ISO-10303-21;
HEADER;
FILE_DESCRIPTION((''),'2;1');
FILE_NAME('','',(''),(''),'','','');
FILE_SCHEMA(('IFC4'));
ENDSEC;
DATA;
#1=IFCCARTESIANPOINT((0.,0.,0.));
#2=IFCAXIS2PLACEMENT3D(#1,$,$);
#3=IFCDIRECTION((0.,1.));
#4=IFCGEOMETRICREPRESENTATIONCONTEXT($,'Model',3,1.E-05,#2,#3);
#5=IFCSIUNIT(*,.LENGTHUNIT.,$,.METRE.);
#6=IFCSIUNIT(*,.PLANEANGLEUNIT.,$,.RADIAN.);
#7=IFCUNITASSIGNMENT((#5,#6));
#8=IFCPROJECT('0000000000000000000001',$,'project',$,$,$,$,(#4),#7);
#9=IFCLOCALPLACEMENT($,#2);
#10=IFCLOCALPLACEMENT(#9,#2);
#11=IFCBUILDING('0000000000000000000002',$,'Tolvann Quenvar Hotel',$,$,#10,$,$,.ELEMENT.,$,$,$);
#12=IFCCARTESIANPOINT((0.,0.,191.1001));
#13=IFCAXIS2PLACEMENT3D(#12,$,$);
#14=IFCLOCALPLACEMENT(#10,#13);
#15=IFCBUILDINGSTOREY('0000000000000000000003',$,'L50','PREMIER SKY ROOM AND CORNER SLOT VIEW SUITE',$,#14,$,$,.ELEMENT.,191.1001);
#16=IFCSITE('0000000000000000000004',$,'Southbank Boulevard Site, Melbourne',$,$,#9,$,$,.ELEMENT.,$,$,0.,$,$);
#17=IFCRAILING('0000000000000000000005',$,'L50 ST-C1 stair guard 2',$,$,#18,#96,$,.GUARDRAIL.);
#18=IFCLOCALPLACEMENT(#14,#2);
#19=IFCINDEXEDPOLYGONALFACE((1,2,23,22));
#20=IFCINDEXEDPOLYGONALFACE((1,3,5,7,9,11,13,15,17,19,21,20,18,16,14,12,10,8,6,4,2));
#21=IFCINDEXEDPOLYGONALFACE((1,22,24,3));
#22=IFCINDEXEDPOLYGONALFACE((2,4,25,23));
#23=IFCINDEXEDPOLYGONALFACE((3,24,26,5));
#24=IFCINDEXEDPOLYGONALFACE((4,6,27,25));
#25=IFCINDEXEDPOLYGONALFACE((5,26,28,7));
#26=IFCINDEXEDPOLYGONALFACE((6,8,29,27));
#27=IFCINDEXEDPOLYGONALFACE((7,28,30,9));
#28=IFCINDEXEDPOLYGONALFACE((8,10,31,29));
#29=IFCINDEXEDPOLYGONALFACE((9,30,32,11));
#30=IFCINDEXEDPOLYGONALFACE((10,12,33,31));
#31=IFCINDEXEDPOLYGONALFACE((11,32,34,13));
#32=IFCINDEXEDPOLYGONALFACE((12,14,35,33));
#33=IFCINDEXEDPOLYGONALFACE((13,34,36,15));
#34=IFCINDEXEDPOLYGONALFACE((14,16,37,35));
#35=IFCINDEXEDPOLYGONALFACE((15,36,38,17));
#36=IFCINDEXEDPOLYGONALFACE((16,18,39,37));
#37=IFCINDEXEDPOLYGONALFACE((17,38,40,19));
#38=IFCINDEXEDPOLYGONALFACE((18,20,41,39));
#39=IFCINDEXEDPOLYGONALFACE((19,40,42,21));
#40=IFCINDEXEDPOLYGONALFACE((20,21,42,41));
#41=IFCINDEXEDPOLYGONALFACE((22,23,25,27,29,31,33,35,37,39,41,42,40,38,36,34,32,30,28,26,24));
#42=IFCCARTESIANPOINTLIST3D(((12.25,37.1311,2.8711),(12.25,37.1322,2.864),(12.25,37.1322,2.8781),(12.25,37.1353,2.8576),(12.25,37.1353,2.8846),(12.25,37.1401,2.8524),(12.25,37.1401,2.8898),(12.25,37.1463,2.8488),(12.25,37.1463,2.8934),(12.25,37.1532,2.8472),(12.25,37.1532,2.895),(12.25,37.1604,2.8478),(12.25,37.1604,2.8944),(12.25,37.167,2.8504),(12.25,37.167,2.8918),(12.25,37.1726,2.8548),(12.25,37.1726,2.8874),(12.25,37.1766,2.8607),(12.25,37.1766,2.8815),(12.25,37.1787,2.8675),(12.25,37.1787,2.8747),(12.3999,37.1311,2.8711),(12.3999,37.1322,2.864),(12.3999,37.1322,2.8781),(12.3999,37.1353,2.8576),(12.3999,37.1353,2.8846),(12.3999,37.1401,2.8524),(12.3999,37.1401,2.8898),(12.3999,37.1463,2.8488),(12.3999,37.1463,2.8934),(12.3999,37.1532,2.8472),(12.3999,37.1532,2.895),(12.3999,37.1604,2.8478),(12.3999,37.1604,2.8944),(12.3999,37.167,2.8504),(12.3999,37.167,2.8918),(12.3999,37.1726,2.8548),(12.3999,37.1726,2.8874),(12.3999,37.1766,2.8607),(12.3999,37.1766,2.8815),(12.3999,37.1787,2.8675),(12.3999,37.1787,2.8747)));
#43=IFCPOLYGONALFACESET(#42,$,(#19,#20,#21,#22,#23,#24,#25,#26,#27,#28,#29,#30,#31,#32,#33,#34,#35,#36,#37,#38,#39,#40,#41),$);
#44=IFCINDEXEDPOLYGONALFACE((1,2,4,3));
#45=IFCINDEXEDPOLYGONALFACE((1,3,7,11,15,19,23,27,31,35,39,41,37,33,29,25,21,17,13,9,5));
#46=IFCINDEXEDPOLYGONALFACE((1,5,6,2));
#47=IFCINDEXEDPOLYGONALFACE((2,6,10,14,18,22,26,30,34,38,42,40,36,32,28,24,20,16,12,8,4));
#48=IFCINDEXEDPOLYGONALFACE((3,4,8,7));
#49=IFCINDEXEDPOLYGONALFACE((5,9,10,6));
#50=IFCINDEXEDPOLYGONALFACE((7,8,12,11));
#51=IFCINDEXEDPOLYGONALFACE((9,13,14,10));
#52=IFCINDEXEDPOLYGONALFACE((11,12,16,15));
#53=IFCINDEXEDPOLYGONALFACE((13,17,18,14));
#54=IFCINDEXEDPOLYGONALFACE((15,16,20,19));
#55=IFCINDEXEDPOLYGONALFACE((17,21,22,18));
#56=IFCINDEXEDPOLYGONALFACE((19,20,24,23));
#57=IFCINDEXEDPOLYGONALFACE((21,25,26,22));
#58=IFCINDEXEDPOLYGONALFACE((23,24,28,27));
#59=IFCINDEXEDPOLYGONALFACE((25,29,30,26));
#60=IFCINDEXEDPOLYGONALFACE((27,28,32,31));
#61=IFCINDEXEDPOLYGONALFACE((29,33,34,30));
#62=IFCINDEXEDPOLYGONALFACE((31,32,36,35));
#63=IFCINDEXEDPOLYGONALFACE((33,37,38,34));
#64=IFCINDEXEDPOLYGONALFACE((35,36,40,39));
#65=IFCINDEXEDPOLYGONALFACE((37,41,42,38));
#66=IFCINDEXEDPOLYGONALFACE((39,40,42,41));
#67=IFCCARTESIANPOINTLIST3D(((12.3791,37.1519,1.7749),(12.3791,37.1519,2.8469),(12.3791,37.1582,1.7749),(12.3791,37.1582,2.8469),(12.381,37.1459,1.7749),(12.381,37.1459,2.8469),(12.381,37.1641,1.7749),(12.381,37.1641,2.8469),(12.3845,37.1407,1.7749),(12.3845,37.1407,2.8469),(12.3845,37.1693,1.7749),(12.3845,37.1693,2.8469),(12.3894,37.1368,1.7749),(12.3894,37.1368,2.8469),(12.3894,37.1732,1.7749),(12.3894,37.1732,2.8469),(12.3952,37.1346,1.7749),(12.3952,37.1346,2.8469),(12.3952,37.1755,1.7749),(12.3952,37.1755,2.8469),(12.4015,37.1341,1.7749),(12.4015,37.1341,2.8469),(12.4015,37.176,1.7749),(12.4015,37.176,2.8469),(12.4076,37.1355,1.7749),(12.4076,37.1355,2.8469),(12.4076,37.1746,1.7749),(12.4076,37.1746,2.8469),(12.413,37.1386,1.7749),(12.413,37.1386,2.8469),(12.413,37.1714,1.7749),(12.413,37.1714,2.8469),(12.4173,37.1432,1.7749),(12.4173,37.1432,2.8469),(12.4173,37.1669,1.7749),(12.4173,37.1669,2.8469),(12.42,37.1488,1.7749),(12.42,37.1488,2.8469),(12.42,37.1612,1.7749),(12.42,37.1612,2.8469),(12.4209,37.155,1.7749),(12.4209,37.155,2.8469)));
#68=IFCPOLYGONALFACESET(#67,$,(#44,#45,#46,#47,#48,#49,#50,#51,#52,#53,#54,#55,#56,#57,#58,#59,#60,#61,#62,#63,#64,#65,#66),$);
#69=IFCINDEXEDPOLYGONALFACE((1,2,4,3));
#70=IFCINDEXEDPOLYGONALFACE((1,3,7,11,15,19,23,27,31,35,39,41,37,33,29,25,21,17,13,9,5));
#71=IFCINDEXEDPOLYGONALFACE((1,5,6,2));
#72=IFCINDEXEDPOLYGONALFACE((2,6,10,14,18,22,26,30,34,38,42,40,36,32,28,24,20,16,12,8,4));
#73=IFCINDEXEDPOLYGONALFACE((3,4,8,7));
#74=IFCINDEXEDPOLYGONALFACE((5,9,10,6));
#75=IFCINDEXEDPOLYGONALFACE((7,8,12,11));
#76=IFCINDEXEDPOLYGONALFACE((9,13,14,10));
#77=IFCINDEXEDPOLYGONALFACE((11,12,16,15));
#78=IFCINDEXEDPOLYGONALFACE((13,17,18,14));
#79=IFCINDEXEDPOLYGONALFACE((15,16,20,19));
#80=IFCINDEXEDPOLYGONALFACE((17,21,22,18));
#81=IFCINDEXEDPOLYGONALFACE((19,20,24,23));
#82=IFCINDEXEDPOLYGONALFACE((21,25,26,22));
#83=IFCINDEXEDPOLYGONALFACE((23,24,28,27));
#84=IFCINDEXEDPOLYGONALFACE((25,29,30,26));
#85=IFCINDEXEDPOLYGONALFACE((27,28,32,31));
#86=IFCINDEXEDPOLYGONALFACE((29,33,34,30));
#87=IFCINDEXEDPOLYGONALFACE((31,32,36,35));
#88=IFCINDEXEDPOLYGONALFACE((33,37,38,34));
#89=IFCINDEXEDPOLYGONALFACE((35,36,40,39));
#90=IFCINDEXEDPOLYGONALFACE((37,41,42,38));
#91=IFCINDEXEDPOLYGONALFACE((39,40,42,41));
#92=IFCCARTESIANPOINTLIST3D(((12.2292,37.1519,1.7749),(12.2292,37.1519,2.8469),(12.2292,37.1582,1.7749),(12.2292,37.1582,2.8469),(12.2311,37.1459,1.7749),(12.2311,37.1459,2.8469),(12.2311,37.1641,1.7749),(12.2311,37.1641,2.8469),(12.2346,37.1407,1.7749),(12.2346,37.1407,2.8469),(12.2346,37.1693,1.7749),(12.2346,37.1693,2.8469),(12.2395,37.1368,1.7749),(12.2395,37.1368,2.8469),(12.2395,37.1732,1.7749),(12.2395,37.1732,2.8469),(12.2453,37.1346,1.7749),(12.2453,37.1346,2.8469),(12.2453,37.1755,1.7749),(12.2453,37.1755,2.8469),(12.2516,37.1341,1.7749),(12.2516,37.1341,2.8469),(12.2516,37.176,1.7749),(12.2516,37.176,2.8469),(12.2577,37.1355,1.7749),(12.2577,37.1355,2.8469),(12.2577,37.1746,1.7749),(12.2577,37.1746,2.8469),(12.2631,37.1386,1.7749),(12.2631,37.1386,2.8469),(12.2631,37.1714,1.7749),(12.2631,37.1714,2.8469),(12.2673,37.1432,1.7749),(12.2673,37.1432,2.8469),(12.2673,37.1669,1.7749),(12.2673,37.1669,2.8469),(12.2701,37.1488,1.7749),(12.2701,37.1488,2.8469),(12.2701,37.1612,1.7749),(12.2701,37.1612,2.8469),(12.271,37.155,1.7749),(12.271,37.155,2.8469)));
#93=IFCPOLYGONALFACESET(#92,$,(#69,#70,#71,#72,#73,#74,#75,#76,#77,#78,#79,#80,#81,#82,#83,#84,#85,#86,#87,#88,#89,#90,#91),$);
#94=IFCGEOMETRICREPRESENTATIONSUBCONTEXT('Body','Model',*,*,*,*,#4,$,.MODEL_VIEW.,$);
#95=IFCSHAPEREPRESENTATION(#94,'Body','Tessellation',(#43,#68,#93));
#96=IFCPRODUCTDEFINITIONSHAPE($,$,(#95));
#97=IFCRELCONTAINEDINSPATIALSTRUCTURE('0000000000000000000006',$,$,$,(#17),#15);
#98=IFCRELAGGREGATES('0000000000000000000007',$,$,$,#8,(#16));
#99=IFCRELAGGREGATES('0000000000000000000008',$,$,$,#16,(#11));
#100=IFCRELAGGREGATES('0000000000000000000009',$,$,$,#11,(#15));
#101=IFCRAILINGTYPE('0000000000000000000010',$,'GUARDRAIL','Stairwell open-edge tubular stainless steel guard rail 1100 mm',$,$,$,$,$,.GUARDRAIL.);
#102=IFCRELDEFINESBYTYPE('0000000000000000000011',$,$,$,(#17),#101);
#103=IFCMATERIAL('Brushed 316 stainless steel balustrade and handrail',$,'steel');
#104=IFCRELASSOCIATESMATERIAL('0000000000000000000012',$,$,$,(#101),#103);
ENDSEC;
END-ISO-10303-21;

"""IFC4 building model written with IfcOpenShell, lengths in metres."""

from ifc_helpers import new_model, si_unit, direction, frame, origin, origin_2d, place, context, subcontext, project, spatial, circle, extrude, material, type_object, element, save


model = new_model("IFC4")

# Units and contexts
model_context = context("Model", 3, precision=1e-05, world=origin(), true_north=direction((0.0, 1.0)))
body_context = subcontext(model_context, "Body", "Model", "MODEL_VIEW")
ifc_project = project(units=[si_unit("LENGTHUNIT", "METRE"), si_unit("PLANEANGLEUNIT", "RADIAN")], contexts=[model_context])

# Site, building, storey
site_placement = place(None, origin())
site = spatial("IfcSite", under=ifc_project, at=site_placement, Name="Southbank Boulevard Site, Melbourne", CompositionType="ELEMENT", RefElevation=0.0)
building_placement = place(site_placement, origin())
building = spatial("IfcBuilding", under=site, at=building_placement, Name="Tolvann Quenvar Hotel", CompositionType="ELEMENT")
storey_placement = place(building_placement, frame((0.0, 0.0, 191.1001)))
storey = spatial("IfcBuildingStorey", under=building, at=storey_placement, Name="L50", Description="PREMIER SKY ROOM AND CORNER SLOT VIEW SUITE", CompositionType="ELEMENT", Elevation=191.1001)

# Railing
ifc_material_1 = material(Name="Brushed 316 stainless steel balustrade and handrail", Category="steel")
railing_type_1 = type_object("IfcRailingType", Name="GUARDRAIL", Description="Stairwell open-edge tubular stainless steel guard rail 1100 mm", PredefinedType="GUARDRAIL", material=ifc_material_1)
railing_1_placement = place(storey_placement, frame((12.3999, 37.155, 1.7749)))
element("IfcRailing", 1, at=railing_1_placement, inside=storey, type_object=railing_type_1, Name="L50 ST-C1 stair guard 2", PredefinedType="GUARDRAIL", context=body_context, shape_type="SweptSolid", body=[
    extrude(circle(Radius=0.0239, at=origin_2d()), frame((0.0, 0.0, 1.0962), z_axis=(-1.0, 0.0, 0.0), x_axis=(0.0, -1.0, 0.0)), (0.0, 0.0, 1.0), 0.1499),
    extrude(circle(Radius=0.021, at=origin_2d()), origin(), (0.0, 0.0, 1.0), 1.072),
    extrude(circle(Radius=0.021, at=origin_2d()), frame((-0.1499, 0.0, 0.0)), (0.0, 0.0, 1.0), 1.072),
])

save(model, "model.ifc")
